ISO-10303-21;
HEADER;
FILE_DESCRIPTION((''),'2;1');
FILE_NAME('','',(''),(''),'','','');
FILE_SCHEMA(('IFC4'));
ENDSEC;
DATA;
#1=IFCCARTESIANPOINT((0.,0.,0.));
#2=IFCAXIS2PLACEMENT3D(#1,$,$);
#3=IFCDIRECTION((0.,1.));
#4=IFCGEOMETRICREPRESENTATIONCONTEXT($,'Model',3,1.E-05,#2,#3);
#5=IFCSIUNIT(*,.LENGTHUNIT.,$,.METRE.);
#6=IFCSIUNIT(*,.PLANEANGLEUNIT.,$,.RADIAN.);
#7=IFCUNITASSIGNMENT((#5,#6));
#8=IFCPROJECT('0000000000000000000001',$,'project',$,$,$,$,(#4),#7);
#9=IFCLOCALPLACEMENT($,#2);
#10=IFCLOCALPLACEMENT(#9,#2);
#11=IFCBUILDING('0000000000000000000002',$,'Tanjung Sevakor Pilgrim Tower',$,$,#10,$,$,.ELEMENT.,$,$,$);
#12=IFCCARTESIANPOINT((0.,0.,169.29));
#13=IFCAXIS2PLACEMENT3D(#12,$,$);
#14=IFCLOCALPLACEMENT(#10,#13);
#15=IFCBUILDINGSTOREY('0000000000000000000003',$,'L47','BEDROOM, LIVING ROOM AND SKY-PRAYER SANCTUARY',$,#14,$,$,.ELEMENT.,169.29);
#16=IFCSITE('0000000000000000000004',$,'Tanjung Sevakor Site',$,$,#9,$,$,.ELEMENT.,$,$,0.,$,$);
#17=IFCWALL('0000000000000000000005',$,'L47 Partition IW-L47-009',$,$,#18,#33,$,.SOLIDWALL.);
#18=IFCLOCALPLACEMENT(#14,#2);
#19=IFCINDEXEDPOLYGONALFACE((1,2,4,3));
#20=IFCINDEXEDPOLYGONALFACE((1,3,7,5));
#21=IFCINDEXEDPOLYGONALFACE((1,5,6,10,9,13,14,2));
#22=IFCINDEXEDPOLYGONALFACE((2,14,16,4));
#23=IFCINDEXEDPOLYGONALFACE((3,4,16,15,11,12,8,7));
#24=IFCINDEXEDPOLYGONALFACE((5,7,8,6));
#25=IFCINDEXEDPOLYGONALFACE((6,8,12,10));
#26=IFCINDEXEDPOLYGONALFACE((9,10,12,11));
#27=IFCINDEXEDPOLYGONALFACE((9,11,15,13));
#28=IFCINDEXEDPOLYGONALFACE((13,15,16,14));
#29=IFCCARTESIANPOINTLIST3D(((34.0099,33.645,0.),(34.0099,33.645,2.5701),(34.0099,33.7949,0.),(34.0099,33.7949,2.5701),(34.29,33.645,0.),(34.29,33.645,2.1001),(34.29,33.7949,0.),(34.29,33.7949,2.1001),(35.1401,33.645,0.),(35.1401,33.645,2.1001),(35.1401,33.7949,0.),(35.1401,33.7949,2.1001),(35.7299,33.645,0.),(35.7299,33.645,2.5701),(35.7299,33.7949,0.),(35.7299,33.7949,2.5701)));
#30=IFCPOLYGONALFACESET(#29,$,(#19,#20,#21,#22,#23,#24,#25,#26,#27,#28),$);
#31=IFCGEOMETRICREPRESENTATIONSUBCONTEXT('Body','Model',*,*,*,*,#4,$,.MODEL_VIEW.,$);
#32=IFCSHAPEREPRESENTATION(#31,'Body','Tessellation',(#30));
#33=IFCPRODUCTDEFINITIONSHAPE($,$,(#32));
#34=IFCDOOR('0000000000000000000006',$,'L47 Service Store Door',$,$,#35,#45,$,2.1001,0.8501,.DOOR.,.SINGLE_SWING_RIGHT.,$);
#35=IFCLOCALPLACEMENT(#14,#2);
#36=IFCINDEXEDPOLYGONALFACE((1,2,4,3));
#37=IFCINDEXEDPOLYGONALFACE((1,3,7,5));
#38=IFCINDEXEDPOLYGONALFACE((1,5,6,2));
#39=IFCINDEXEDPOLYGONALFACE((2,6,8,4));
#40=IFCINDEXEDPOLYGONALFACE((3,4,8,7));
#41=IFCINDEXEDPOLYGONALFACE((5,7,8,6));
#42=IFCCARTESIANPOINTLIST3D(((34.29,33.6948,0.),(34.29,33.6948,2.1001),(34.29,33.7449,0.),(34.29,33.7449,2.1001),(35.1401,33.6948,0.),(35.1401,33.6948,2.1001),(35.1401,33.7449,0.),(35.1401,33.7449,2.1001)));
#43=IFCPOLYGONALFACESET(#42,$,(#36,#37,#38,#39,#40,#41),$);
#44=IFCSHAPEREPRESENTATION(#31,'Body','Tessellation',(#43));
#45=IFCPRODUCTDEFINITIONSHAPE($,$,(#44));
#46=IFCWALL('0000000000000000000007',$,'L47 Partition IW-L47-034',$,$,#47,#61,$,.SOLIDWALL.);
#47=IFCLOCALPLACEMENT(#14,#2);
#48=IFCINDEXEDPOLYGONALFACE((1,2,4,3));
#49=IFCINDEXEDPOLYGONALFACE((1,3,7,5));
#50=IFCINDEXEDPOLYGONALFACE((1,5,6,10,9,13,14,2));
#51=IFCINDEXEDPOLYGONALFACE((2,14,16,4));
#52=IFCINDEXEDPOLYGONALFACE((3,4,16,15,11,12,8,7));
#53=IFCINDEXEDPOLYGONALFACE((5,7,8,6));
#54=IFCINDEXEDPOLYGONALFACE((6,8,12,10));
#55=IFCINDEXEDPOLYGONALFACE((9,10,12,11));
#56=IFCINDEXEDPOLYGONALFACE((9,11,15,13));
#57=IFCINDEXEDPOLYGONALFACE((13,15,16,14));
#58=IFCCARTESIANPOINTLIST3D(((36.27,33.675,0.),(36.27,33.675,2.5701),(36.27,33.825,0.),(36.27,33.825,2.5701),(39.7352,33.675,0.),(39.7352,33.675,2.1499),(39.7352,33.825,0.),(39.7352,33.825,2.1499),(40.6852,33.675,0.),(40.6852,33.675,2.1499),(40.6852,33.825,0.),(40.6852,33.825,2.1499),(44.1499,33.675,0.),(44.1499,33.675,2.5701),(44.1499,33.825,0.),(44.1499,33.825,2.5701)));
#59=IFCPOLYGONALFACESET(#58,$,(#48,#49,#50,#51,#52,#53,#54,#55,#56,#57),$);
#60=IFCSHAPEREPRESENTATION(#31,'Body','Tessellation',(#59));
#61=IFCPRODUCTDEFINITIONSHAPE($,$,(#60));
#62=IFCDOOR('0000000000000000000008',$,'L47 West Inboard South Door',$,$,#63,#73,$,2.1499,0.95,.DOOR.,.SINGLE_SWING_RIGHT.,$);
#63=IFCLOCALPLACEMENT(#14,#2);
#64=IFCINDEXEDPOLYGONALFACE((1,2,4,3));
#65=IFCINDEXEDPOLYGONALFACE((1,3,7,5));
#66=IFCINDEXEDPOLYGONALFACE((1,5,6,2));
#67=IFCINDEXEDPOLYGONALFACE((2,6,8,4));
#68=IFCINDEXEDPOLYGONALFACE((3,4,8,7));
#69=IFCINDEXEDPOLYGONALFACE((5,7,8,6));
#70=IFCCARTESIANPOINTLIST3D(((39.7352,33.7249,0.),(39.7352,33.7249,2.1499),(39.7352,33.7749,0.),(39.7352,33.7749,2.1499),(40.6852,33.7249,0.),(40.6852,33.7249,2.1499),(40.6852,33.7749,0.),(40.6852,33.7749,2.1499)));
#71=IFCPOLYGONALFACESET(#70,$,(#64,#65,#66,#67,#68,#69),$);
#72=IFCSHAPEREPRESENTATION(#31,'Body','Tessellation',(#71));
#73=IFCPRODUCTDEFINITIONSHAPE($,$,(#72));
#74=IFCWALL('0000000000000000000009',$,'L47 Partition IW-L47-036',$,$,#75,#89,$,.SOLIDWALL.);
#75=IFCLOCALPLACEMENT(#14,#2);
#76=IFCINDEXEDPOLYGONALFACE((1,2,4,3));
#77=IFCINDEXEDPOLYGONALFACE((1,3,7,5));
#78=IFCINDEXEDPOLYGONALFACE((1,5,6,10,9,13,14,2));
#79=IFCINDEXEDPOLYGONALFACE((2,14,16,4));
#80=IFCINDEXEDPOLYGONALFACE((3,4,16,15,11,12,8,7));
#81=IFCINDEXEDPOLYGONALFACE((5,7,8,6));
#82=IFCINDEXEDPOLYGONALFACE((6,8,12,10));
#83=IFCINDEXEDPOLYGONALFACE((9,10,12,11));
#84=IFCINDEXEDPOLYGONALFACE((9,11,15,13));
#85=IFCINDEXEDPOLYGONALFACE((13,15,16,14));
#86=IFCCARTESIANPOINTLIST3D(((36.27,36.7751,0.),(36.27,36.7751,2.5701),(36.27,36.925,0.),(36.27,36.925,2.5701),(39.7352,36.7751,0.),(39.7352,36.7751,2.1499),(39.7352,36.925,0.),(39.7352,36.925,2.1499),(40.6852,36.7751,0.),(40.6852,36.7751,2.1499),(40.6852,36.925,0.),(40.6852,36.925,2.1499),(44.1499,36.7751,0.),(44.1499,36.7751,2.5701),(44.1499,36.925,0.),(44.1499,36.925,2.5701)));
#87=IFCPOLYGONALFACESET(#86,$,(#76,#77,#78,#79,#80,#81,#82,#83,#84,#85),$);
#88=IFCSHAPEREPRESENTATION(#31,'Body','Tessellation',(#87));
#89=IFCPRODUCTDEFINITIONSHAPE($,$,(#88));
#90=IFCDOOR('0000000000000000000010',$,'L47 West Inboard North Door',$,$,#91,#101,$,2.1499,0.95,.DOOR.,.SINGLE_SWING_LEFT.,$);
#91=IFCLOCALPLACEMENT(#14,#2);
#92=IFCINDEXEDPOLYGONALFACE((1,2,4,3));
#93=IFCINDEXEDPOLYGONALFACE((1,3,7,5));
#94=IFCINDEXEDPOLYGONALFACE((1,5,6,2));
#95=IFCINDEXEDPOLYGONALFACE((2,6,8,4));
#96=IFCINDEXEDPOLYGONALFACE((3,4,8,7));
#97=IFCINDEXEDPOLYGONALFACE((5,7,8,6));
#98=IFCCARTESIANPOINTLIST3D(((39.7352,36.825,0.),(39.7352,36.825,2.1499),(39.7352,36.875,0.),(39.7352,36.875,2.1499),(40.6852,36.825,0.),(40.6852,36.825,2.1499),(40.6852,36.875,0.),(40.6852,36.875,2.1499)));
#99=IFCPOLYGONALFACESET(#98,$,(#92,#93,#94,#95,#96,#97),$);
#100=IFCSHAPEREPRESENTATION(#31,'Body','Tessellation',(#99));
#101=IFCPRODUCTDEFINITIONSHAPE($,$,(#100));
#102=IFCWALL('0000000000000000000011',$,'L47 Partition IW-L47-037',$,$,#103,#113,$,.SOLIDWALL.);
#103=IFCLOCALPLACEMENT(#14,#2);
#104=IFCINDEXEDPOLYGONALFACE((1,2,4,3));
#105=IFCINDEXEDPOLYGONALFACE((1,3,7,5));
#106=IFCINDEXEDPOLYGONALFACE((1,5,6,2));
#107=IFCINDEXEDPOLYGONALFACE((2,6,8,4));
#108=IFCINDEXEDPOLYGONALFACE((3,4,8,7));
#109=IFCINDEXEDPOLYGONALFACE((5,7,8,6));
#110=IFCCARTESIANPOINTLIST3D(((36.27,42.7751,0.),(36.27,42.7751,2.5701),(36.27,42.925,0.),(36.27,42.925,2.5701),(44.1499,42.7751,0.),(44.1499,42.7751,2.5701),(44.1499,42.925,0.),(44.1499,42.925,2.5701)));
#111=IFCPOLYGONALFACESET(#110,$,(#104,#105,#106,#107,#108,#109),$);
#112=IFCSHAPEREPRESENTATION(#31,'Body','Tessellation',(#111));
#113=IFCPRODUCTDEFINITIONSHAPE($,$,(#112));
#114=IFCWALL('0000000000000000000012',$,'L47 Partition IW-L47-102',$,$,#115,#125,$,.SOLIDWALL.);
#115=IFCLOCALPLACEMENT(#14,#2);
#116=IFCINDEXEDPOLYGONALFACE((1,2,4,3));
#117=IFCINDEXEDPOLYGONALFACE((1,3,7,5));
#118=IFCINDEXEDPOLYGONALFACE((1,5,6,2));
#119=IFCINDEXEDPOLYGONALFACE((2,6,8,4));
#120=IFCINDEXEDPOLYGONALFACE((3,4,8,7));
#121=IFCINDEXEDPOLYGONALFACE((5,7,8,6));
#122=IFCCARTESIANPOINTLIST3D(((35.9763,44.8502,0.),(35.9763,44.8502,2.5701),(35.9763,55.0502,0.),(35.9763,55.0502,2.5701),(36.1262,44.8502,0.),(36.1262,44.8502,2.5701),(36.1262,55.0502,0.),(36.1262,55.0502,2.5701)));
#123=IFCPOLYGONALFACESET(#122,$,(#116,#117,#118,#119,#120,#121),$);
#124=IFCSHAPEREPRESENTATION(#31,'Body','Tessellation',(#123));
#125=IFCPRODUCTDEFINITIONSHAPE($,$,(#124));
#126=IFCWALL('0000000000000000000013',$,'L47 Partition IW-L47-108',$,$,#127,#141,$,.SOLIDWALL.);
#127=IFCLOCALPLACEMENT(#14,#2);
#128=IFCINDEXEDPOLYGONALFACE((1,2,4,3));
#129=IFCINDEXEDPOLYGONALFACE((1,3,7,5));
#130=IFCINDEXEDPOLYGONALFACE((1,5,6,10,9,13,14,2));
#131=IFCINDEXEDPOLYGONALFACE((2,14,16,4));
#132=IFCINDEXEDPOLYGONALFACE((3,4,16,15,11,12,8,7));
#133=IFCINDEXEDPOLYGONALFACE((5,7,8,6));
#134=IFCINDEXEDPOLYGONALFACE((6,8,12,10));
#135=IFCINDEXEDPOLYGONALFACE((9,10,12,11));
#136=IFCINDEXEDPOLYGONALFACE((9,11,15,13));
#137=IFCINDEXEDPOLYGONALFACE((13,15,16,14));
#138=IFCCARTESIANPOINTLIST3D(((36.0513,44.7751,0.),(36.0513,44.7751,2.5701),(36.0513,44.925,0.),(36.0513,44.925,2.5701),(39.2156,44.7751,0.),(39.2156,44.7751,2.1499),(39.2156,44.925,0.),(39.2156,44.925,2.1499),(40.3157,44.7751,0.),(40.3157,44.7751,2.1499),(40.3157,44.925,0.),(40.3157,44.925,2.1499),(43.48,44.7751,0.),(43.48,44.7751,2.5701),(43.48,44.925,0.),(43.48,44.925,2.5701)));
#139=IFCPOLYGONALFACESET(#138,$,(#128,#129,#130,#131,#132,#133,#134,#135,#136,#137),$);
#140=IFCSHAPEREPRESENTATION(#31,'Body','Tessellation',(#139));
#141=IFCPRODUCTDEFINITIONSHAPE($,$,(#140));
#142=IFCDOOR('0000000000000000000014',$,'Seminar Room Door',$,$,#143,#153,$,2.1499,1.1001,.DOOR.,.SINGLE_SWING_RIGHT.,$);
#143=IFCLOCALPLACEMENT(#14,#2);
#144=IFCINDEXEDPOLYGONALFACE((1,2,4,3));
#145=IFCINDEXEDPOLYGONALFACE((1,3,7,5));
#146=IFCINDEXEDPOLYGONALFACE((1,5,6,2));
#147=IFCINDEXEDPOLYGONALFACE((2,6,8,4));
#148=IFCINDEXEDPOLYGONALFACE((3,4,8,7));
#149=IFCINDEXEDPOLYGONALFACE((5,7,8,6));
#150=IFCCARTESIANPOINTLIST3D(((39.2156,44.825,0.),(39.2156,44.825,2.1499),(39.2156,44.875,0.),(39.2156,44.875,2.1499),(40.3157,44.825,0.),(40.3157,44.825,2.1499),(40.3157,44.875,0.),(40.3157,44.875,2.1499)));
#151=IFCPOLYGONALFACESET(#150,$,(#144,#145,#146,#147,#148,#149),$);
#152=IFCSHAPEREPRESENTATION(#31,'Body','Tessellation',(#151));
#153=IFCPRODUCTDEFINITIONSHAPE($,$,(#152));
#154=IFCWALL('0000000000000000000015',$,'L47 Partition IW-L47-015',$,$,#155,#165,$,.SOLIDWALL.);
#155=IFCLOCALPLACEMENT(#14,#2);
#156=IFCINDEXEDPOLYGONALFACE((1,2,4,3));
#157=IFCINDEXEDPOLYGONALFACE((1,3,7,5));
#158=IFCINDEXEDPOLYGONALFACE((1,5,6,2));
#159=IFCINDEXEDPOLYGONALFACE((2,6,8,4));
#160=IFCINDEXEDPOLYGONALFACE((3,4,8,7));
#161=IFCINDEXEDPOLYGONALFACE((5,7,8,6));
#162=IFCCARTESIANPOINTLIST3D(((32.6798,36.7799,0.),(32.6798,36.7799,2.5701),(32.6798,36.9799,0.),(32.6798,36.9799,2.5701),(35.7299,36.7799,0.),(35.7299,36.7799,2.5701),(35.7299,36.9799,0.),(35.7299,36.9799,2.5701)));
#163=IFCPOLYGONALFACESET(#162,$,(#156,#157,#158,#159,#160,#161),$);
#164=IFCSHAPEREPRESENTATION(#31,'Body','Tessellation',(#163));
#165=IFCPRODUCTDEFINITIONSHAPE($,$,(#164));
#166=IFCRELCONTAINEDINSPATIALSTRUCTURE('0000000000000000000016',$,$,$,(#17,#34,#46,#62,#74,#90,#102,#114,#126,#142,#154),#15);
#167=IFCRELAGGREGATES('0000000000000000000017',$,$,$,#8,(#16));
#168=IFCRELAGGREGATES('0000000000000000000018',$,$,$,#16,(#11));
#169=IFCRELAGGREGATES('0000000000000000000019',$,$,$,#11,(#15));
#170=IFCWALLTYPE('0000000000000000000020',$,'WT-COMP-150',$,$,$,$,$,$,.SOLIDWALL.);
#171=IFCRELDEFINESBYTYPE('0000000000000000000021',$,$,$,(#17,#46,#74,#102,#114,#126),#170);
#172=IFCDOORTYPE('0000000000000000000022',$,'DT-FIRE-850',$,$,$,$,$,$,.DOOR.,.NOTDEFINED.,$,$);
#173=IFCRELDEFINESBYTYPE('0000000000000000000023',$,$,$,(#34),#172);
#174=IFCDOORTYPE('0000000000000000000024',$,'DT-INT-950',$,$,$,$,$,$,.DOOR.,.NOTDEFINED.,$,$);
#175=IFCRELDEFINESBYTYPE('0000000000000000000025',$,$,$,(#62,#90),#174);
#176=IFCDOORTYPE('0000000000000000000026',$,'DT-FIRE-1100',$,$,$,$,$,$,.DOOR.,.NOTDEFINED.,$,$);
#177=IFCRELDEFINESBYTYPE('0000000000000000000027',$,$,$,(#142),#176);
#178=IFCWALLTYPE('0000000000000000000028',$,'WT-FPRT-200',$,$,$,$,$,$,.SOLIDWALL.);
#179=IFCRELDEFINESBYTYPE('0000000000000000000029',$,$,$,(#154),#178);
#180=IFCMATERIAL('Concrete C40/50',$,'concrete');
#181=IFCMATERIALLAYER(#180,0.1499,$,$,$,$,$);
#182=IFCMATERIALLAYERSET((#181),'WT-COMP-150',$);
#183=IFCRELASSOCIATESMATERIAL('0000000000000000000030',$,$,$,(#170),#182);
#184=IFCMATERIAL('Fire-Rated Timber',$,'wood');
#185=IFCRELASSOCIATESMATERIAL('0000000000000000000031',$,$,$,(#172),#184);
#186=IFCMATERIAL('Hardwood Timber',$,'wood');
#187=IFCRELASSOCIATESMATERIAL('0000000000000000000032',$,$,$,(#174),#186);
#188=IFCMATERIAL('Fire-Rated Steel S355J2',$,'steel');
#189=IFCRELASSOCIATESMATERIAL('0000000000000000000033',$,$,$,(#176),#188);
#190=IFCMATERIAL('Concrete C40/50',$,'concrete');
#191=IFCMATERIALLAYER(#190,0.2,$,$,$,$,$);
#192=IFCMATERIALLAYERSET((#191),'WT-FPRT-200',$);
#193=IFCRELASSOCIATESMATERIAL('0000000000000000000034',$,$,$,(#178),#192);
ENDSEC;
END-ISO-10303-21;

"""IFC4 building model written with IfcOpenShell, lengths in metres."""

from ifc_helpers import new_model, si_unit, direction, frame, frame_2d, origin, place, context, subcontext, project, spatial, rectangle, extrude, material, layer, layer_set, type_object, element, fill, save


model = new_model("IFC4")

# Units and contexts
model_context = context("Model", 3, precision=1e-05, world=origin(), true_north=direction((0.0, 1.0)))
body_context = subcontext(model_context, "Body", "Model", "MODEL_VIEW")
ifc_project = project(units=[si_unit("LENGTHUNIT", "METRE"), si_unit("PLANEANGLEUNIT", "RADIAN")], contexts=[model_context])

# Site, building, storey
site_placement = place(None, origin())
site = spatial("IfcSite", under=ifc_project, at=site_placement, Name="Tanjung Sevakor Site", CompositionType="ELEMENT", RefElevation=0.0)
building_placement = place(site_placement, origin())
building = spatial("IfcBuilding", under=site, at=building_placement, Name="Tanjung Sevakor Pilgrim Tower", CompositionType="ELEMENT")
storey_placement = place(building_placement, frame((0.0, 0.0, 169.29)))
storey = spatial("IfcBuildingStorey", under=building, at=storey_placement, Name="L47", Description="BEDROOM, LIVING ROOM AND SKY-PRAYER SANCTUARY", CompositionType="ELEMENT", Elevation=169.29)

# Shared definitions
ifc_material_1 = material(Name="Concrete C40/50", Category="concrete")
ifc_layer_1 = layer(ifc_material_1, 0.1499)
ifc_layer_set_1 = layer_set([ifc_layer_1], Name="WT-COMP-150")
wall_type_1 = type_object("IfcWallType", Name="WT-COMP-150", PredefinedType="SOLIDWALL", material=ifc_layer_set_1)

# Walls, openings, doors
wall_1_placement = place(storey_placement, frame((34.01, 33.72, 0.0), z_axis=(0.0, 0.0, 1.0), x_axis=(1.0, 0.0, 0.0)))
wall_1 = element("IfcWall", 1, at=wall_1_placement, inside=storey, type_object=wall_type_1, Name="L47 Partition IW-L47-009", PredefinedType="SOLIDWALL", context=body_context, shape_type="SweptSolid", body=[
    extrude(rectangle(XDim=1.72, YDim=0.1499, at=frame_2d((0.8599, 0.0))), origin(), (0.0, 0.0, 1.0), 2.5701),
])
opening_1_placement = place(wall_1_placement, frame((0.28, 0.0, 0.0)))
opening_1 = element("IfcOpeningElement", 2, at=opening_1_placement, cuts=wall_1, PredefinedType="OPENING", context=body_context, shape_type="SweptSolid", body=[
    extrude(rectangle(XDim=0.8501, YDim=2.1001, at=frame_2d((0.425, 1.05))), frame((0.0, 0.085, 0.0), z_axis=(0.0, -1.0, 0.0), x_axis=(1.0, 0.0, 0.0)), (0.0, 0.0, 1.0), 0.1699),
])
ifc_material_2 = material(Name="Fire-Rated Timber", Category="wood")
door_type_1 = type_object("IfcDoorType", Name="DT-FIRE-850", OperationType="NOTDEFINED", PredefinedType="DOOR", material=ifc_material_2)
door_1_placement = place(opening_1_placement, origin())
door_1 = element("IfcDoor", 3, at=door_1_placement, inside=storey, type_object=door_type_1, Name="L47 Service Store Door", OperationType="SINGLE_SWING_RIGHT", OverallHeight=2.1001, OverallWidth=0.8501, PredefinedType="DOOR", context=body_context, shape_type="SweptSolid", body=[
    extrude(rectangle(XDim=0.8501, YDim=2.1001, at=frame_2d((0.425, 1.05))), frame((0.0, 0.0249, 0.0), z_axis=(0.0, -1.0, 0.0), x_axis=(1.0, 0.0, 0.0)), (0.0, 0.0, 1.0), 0.05),
])
fill(opening_1, door_1)
wall_2_placement = place(storey_placement, frame((36.27, 33.75, 0.0), z_axis=(0.0, 0.0, 1.0), x_axis=(1.0, 0.0, 0.0)))
wall_2 = element("IfcWall", 4, at=wall_2_placement, inside=storey, type_object=wall_type_1, Name="L47 Partition IW-L47-034", PredefinedType="SOLIDWALL", context=body_context, shape_type="SweptSolid", body=[
    extrude(rectangle(XDim=7.8799, YDim=0.1499, at=frame_2d((3.9399, 0.0))), origin(), (0.0, 0.0, 1.0), 2.5701),
])
opening_2_placement = place(wall_2_placement, frame((3.4651, 0.0, 0.0)))
opening_2 = element("IfcOpeningElement", 5, at=opening_2_placement, cuts=wall_2, PredefinedType="OPENING", context=body_context, shape_type="SweptSolid", body=[
    extrude(rectangle(XDim=0.95, YDim=2.1499, at=frame_2d((0.4751, 1.075))), frame((0.0, 0.085, 0.0), z_axis=(0.0, -1.0, 0.0), x_axis=(1.0, 0.0, 0.0)), (0.0, 0.0, 1.0), 0.1699),
])
ifc_material_3 = material(Name="Hardwood Timber", Category="wood")
door_type_2 = type_object("IfcDoorType", Name="DT-INT-950", OperationType="NOTDEFINED", PredefinedType="DOOR", material=ifc_material_3)
door_2_placement = place(opening_2_placement, origin())
door_2 = element("IfcDoor", 6, at=door_2_placement, inside=storey, type_object=door_type_2, Name="L47 West Inboard South Door", OperationType="SINGLE_SWING_RIGHT", OverallHeight=2.1499, OverallWidth=0.95, PredefinedType="DOOR", context=body_context, shape_type="SweptSolid", body=[
    extrude(rectangle(XDim=0.95, YDim=2.1499, at=frame_2d((0.4751, 1.075))), frame((0.0, 0.0249, 0.0), z_axis=(0.0, -1.0, 0.0), x_axis=(1.0, 0.0, 0.0)), (0.0, 0.0, 1.0), 0.05),
])
fill(opening_2, door_2)
wall_3_placement = place(storey_placement, frame((36.27, 36.8501, 0.0), z_axis=(0.0, 0.0, 1.0), x_axis=(1.0, 0.0, 0.0)))
wall_3 = element("IfcWall", 7, at=wall_3_placement, inside=storey, type_object=wall_type_1, Name="L47 Partition IW-L47-036", PredefinedType="SOLIDWALL", context=body_context, shape_type="SweptSolid", body=[
    extrude(rectangle(XDim=7.8799, YDim=0.1499, at=frame_2d((3.9399, 0.0))), origin(), (0.0, 0.0, 1.0), 2.5701),
])
opening_3_placement = place(wall_3_placement, frame((3.4651, 0.0, 0.0)))
opening_3 = element("IfcOpeningElement", 8, at=opening_3_placement, cuts=wall_3, PredefinedType="OPENING", context=body_context, shape_type="SweptSolid", body=[
    extrude(rectangle(XDim=0.95, YDim=2.1499, at=frame_2d((0.4751, 1.075))), frame((0.0, 0.085, 0.0), z_axis=(0.0, -1.0, 0.0), x_axis=(1.0, 0.0, 0.0)), (0.0, 0.0, 1.0), 0.1699),
])
door_3_placement = place(opening_3_placement, origin())
door_3 = element("IfcDoor", 9, at=door_3_placement, inside=storey, type_object=door_type_2, Name="L47 West Inboard North Door", OperationType="SINGLE_SWING_LEFT", OverallHeight=2.1499, OverallWidth=0.95, PredefinedType="DOOR", context=body_context, shape_type="SweptSolid", body=[
    extrude(rectangle(XDim=0.95, YDim=2.1499, at=frame_2d((0.4751, 1.075))), frame((0.0, 0.0249, 0.0), z_axis=(0.0, -1.0, 0.0), x_axis=(1.0, 0.0, 0.0)), (0.0, 0.0, 1.0), 0.05),
])
fill(opening_3, door_3)

# Walls
wall_4_placement = place(storey_placement, frame((36.27, 42.8501, 0.0), z_axis=(0.0, 0.0, 1.0), x_axis=(1.0, 0.0, 0.0)))
element("IfcWall", 10, at=wall_4_placement, inside=storey, type_object=wall_type_1, Name="L47 Partition IW-L47-037", PredefinedType="SOLIDWALL", context=body_context, shape_type="SweptSolid", body=[
    extrude(rectangle(XDim=7.8799, YDim=0.1499, at=frame_2d((3.9399, 0.0))), origin(), (0.0, 0.0, 1.0), 2.5701),
])
wall_5_placement = place(storey_placement, frame((36.0513, 44.8501, 0.0), z_axis=(0.0, 0.0, 1.0), x_axis=(0.0, 1.0, 0.0)))
element("IfcWall", 11, at=wall_5_placement, inside=storey, type_object=wall_type_1, Name="L47 Partition IW-L47-102", PredefinedType="SOLIDWALL", context=body_context, shape_type="SweptSolid", body=[
    extrude(rectangle(XDim=10.2, YDim=0.1499, at=frame_2d((5.1001, 0.0))), origin(), (0.0, 0.0, 1.0), 2.5701),
])

# Wall, opening, door
wall_6_placement = place(storey_placement, frame((36.0513, 44.8501, 0.0), z_axis=(0.0, 0.0, 1.0), x_axis=(1.0, 0.0, 0.0)))
wall_6 = element("IfcWall", 12, at=wall_6_placement, inside=storey, type_object=wall_type_1, Name="L47 Partition IW-L47-108", PredefinedType="SOLIDWALL", context=body_context, shape_type="SweptSolid", body=[
    extrude(rectangle(XDim=7.4287, YDim=0.1499, at=frame_2d((3.7144, 0.0))), origin(), (0.0, 0.0, 1.0), 2.5701),
])
opening_4_placement = place(wall_6_placement, frame((3.1643, 0.0, 0.0)))
opening_4 = element("IfcOpeningElement", 13, at=opening_4_placement, cuts=wall_6, PredefinedType="OPENING", context=body_context, shape_type="SweptSolid", body=[
    extrude(rectangle(XDim=1.1001, YDim=2.1499, at=frame_2d((0.55, 1.075))), frame((0.0, 0.085, 0.0), z_axis=(0.0, -1.0, 0.0), x_axis=(1.0, 0.0, 0.0)), (0.0, 0.0, 1.0), 0.1699),
])
ifc_material_4 = material(Name="Fire-Rated Steel S355J2", Category="steel")
door_type_3 = type_object("IfcDoorType", Name="DT-FIRE-1100", OperationType="NOTDEFINED", PredefinedType="DOOR", material=ifc_material_4)
door_4_placement = place(opening_4_placement, origin())
door_4 = element("IfcDoor", 14, at=door_4_placement, inside=storey, type_object=door_type_3, Name="Seminar Room Door", OperationType="SINGLE_SWING_RIGHT", OverallHeight=2.1499, OverallWidth=1.1001, PredefinedType="DOOR", context=body_context, shape_type="SweptSolid", body=[
    extrude(rectangle(XDim=1.1001, YDim=2.1499, at=frame_2d((0.55, 1.075))), frame((0.0, 0.0249, 0.0), z_axis=(0.0, -1.0, 0.0), x_axis=(1.0, 0.0, 0.0)), (0.0, 0.0, 1.0), 0.05),
])
fill(opening_4, door_4)

# Wall
ifc_material_5 = material(Name="Concrete C40/50", Category="concrete")
ifc_layer_2 = layer(ifc_material_5, 0.2)
ifc_layer_set_2 = layer_set([ifc_layer_2], Name="WT-FPRT-200")
wall_type_2 = type_object("IfcWallType", Name="WT-FPRT-200", PredefinedType="SOLIDWALL", material=ifc_layer_set_2)
wall_7_placement = place(storey_placement, frame((32.6799, 36.8799, 0.0), z_axis=(0.0, 0.0, 1.0), x_axis=(1.0, 0.0, 0.0)))
element("IfcWall", 15, at=wall_7_placement, inside=storey, type_object=wall_type_2, Name="L47 Partition IW-L47-015", PredefinedType="SOLIDWALL", context=body_context, shape_type="SweptSolid", body=[
    extrude(rectangle(XDim=3.05, YDim=0.2, at=frame_2d((1.5249, 0.0))), origin(), (0.0, 0.0, 1.0), 2.5701),
])

save(model, "model.ifc")
